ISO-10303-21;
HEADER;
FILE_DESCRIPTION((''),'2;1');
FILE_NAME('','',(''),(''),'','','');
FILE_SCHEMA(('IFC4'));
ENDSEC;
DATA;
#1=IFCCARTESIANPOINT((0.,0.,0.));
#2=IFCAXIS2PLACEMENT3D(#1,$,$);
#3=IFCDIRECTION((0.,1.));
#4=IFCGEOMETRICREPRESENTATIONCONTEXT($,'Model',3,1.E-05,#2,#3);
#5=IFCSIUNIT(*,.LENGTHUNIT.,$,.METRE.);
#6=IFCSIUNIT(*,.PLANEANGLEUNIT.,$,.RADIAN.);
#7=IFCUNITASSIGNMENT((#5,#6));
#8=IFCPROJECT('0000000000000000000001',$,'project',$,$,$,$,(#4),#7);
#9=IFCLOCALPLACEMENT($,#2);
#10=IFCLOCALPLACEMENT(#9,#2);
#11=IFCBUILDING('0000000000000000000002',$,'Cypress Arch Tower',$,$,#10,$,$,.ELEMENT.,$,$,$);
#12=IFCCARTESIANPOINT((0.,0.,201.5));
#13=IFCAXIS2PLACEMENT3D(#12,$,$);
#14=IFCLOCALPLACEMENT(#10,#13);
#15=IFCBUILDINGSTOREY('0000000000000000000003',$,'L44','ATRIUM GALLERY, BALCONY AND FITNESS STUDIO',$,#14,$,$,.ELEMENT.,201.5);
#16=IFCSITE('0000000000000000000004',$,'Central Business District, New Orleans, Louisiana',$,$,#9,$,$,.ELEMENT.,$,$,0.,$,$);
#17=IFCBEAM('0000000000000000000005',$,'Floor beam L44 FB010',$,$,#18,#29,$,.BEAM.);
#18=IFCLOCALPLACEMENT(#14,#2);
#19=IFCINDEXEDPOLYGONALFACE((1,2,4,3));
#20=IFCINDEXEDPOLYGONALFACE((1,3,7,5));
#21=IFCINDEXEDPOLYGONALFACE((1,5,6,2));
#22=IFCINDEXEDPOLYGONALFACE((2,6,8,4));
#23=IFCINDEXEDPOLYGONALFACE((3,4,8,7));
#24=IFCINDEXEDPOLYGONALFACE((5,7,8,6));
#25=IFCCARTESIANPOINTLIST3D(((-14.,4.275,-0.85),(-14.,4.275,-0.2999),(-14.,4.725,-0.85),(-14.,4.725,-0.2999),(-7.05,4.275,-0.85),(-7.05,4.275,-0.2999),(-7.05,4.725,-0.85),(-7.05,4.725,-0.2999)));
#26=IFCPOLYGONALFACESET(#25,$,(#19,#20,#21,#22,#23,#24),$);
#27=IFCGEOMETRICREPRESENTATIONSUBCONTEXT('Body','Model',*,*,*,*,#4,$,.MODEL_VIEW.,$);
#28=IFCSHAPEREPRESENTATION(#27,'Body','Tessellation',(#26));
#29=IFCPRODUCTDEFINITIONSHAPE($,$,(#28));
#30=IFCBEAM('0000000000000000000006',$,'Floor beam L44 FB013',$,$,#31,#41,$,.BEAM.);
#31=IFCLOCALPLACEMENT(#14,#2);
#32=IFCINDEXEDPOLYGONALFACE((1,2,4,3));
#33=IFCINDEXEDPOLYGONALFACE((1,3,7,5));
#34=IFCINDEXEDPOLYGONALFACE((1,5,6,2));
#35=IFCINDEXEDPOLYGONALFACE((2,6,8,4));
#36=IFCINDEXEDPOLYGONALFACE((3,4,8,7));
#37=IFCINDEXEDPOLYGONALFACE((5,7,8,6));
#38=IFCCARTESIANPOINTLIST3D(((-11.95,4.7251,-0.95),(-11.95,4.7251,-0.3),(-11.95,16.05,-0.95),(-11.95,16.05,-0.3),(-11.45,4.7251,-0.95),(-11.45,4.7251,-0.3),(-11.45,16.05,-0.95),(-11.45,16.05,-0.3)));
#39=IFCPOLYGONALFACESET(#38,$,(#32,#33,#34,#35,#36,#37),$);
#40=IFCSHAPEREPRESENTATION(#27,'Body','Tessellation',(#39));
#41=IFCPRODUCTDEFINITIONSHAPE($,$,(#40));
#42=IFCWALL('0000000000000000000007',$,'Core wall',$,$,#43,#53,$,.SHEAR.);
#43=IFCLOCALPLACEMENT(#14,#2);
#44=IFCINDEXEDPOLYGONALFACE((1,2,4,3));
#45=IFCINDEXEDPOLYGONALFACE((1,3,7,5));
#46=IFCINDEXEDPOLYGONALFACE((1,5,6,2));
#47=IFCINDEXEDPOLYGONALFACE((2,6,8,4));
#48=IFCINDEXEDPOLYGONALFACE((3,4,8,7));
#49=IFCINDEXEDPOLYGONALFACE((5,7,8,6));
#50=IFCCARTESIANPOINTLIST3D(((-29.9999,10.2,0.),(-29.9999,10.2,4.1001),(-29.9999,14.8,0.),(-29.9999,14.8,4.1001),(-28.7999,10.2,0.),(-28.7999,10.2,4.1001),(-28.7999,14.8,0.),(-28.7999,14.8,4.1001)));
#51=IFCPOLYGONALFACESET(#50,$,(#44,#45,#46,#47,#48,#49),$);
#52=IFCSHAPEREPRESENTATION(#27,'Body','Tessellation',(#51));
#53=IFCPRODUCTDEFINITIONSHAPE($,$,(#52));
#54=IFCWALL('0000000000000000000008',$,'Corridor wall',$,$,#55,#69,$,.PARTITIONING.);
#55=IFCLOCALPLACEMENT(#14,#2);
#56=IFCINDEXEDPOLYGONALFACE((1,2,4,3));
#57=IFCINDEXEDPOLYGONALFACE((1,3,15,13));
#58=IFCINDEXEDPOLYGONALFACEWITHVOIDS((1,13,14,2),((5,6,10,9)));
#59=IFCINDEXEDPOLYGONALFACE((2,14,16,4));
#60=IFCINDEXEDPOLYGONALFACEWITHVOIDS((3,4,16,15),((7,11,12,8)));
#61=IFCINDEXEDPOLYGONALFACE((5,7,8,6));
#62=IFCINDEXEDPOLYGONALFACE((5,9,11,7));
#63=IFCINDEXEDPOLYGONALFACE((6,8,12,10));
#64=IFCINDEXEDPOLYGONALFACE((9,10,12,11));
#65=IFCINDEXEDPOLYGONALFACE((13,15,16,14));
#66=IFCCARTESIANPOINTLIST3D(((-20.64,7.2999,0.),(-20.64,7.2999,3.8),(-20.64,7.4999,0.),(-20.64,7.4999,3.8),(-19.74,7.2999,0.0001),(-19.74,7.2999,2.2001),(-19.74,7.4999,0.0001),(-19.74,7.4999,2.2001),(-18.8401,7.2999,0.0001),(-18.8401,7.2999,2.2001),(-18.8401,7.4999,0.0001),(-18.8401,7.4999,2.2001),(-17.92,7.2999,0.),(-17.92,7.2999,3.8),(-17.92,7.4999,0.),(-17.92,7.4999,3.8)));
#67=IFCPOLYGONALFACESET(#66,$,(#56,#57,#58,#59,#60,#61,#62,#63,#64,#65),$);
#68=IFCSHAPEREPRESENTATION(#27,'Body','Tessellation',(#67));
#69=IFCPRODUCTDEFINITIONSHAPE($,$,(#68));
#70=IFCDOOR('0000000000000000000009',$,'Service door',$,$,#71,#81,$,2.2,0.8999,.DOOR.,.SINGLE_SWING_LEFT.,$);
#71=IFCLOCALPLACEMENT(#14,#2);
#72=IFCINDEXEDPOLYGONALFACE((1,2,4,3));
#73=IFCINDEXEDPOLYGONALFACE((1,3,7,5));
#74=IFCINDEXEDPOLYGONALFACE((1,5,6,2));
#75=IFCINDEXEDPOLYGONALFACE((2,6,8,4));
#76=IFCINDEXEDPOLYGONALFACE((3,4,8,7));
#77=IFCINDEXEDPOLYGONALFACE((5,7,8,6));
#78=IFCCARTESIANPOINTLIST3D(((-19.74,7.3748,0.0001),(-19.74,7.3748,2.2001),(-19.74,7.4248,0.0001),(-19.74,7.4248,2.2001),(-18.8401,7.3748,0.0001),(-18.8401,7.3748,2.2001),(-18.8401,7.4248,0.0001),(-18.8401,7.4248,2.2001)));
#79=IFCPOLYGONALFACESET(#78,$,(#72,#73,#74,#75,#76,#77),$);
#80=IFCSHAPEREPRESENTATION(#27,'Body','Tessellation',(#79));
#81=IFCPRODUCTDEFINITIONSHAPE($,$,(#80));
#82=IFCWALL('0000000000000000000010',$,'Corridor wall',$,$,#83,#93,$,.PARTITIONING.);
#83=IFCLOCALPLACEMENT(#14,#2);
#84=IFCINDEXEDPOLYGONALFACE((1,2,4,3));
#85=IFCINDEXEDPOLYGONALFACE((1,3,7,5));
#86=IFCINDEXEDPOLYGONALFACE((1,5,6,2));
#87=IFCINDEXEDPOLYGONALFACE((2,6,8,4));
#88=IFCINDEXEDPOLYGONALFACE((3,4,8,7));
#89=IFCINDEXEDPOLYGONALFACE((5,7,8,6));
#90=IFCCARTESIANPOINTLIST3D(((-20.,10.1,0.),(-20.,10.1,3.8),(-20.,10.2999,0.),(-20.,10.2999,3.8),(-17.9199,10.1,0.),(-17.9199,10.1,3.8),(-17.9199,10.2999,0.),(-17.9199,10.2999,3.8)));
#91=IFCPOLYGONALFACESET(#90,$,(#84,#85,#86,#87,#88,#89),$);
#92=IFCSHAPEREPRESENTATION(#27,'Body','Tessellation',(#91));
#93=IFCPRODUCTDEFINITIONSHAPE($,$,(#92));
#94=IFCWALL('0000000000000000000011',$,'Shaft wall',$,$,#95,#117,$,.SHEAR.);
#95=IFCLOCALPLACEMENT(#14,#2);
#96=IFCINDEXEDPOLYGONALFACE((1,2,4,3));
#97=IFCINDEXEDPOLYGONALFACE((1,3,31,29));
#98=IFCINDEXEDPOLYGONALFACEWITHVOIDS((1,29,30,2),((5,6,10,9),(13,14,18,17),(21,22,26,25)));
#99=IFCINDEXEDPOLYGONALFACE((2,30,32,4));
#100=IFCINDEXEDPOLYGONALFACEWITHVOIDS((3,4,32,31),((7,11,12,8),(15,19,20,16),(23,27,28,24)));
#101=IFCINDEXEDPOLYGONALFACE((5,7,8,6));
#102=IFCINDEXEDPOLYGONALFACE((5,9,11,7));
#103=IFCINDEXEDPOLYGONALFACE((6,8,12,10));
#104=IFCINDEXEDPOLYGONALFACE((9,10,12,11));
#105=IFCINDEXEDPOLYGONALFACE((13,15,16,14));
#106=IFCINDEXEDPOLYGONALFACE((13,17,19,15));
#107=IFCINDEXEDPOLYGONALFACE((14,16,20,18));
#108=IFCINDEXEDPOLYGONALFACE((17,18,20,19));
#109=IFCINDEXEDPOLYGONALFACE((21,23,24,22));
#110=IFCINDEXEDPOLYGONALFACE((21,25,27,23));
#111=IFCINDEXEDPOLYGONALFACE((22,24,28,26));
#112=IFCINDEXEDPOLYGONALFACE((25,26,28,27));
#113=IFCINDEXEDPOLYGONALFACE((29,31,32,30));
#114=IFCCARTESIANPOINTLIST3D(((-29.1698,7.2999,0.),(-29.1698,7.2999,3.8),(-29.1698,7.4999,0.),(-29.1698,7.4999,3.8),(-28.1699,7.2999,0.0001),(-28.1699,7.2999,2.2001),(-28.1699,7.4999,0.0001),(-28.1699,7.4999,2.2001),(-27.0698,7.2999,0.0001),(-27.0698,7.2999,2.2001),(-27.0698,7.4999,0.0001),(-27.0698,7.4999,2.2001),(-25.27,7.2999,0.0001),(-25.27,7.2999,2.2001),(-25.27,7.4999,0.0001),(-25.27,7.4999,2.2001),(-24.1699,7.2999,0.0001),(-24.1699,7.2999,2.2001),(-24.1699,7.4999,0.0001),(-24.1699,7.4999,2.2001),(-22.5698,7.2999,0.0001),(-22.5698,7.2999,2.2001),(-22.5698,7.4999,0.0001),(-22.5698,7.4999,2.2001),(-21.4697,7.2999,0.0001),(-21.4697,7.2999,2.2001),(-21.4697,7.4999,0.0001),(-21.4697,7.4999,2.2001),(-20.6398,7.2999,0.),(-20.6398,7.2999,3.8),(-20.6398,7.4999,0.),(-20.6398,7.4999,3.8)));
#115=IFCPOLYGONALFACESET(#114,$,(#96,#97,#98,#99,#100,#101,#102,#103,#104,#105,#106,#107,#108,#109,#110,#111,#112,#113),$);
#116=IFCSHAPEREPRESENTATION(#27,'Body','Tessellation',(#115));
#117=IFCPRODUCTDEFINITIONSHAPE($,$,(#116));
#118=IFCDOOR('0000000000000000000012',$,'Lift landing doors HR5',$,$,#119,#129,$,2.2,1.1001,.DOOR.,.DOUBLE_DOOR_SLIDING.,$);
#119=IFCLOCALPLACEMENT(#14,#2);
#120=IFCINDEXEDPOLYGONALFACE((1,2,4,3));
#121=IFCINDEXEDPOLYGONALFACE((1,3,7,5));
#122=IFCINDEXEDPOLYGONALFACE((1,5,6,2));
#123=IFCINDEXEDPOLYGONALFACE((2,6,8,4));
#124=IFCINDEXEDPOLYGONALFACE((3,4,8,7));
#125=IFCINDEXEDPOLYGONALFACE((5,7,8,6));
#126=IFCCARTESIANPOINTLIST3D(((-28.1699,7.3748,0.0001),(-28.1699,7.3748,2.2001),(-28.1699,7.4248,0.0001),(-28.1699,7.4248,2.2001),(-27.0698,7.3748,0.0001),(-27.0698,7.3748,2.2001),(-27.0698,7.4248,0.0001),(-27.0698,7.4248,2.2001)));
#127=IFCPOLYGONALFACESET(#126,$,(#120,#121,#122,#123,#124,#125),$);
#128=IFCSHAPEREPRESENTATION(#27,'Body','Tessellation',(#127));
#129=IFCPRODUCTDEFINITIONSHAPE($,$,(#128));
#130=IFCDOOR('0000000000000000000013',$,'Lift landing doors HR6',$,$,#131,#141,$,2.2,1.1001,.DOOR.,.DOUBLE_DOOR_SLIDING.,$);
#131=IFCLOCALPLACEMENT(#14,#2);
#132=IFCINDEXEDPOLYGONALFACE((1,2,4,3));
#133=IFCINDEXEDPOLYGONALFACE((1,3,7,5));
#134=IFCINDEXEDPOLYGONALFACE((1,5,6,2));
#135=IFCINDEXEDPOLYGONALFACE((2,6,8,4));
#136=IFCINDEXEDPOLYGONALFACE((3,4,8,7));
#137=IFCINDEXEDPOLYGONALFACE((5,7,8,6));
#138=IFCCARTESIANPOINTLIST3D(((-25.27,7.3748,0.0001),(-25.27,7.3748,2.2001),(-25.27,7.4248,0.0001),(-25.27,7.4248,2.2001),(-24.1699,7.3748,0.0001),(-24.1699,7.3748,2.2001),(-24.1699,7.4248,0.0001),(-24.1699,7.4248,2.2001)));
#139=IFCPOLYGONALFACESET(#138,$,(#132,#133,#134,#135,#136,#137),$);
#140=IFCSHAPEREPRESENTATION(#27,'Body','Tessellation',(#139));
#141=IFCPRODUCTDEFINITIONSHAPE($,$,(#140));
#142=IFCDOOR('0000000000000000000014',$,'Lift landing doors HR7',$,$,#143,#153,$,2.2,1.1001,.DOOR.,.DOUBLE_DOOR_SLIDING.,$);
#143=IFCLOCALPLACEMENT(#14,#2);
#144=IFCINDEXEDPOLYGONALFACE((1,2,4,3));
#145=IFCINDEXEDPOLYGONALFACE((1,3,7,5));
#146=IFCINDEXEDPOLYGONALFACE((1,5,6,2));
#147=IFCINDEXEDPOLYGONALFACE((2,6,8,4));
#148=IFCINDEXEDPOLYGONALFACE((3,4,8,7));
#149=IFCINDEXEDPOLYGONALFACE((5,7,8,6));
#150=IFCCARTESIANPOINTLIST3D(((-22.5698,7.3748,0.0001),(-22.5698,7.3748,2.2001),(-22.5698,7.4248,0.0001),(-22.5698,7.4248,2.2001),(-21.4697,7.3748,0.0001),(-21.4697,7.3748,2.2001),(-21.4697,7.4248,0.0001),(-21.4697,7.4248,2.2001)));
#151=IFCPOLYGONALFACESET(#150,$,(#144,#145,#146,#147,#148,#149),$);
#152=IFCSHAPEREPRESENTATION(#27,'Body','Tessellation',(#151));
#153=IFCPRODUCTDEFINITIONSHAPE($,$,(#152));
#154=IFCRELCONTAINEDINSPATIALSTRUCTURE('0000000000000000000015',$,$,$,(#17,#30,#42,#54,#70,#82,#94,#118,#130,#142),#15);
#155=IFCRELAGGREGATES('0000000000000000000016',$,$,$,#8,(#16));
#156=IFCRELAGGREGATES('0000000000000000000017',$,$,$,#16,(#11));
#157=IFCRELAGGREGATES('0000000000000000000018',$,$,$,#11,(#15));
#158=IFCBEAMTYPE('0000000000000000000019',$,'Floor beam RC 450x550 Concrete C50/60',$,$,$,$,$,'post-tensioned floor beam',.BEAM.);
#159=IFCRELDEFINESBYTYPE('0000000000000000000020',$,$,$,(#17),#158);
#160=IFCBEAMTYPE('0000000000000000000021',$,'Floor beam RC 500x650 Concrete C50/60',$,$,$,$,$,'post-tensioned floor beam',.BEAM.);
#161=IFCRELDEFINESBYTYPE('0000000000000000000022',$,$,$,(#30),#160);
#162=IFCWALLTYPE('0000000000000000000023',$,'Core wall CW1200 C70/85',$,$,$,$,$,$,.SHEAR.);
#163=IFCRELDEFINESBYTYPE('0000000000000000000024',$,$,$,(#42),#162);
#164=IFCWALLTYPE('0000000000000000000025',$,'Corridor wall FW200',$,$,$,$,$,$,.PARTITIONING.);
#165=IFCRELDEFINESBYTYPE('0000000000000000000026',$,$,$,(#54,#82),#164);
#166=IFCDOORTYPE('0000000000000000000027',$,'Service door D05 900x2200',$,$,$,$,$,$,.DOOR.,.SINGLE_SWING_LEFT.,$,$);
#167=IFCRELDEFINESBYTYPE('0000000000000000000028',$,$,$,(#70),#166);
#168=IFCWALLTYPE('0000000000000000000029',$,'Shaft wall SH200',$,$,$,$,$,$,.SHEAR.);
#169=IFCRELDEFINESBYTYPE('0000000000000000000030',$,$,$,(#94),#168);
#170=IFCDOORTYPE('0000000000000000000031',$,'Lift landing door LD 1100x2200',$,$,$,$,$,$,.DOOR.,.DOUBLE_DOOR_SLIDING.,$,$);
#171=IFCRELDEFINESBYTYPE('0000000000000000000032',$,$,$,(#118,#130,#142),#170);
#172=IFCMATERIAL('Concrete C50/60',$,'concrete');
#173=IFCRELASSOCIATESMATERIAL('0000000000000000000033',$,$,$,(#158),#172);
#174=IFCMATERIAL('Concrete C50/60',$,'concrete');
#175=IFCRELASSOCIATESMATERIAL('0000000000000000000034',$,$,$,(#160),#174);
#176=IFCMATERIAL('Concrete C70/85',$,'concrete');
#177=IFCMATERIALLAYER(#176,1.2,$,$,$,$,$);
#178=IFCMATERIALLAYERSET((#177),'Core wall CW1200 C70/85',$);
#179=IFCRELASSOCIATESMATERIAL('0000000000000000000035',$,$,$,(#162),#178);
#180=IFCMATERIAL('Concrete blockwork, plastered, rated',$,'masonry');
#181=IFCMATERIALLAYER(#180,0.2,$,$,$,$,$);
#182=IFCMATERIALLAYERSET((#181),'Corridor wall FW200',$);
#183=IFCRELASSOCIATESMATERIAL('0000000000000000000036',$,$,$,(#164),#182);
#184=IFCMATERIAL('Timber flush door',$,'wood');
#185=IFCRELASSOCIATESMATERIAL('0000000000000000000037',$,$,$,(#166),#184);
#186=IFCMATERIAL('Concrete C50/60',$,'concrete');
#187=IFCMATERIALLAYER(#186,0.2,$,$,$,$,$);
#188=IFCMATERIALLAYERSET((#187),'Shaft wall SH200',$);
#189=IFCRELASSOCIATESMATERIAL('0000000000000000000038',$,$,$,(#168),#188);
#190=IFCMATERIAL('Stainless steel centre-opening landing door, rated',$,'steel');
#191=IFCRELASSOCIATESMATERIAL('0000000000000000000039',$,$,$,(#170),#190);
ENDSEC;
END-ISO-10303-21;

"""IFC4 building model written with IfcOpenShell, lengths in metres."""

from ifc_helpers import new_model, si_unit, direction, frame, frame_2d, origin, origin_2d, place, context, subcontext, project, spatial, rectangle, extrude, material, layer, layer_set, material_profile, profile_set, type_object, element, fill, save


model = new_model("IFC4")

# Units and contexts
model_context = context("Model", 3, precision=1e-05, world=origin(), true_north=direction((0.0, 1.0)))
body_context = subcontext(model_context, "Body", "Model", "MODEL_VIEW")
ifc_project = project(units=[si_unit("LENGTHUNIT", "METRE"), si_unit("PLANEANGLEUNIT", "RADIAN")], contexts=[model_context])

# Site, building, storey
site_placement = place(None, origin())
site = spatial("IfcSite", under=ifc_project, at=site_placement, Name="Central Business District, New Orleans, Louisiana", CompositionType="ELEMENT", RefElevation=0.0)
building_placement = place(site_placement, origin())
building = spatial("IfcBuilding", under=site, at=building_placement, Name="Cypress Arch Tower", CompositionType="ELEMENT")
storey_placement = place(building_placement, frame((0.0, 0.0, 201.5)))
storey = spatial("IfcBuildingStorey", under=building, at=storey_placement, Name="L44", Description="ATRIUM GALLERY, BALCONY AND FITNESS STUDIO", CompositionType="ELEMENT", Elevation=201.5)

# Beams
ifc_material_1 = material(Name="Concrete C50/60", Category="concrete")
ifc_material_profile_1 = material_profile(ifc_material_1, rectangle(XDim=0.45, YDim=0.55, at=origin_2d()), Name="RC 450x550")
ifc_profile_set_1 = profile_set([ifc_material_profile_1], Name="Concrete C50/60")
beam_type_1 = type_object("IfcBeamType", Name="Floor beam RC 450x550 Concrete C50/60", ElementType="post-tensioned floor beam", PredefinedType="BEAM", material=ifc_profile_set_1)
beam_1_placement = place(storey_placement, frame((-14.0, 4.5, -0.575), z_axis=(1.0, 0.0, 0.0), x_axis=(0.0, 1.0, 0.0)))
element("IfcBeam", 1, at=beam_1_placement, inside=storey, type_object=beam_type_1, Name="Floor beam L44 FB010", PredefinedType="BEAM", context=body_context, shape_type="SweptSolid", body=[
    extrude(rectangle(XDim=0.45, YDim=0.55, at=origin_2d()), origin(), (0.0, 0.0, 1.0), 6.95),
])
ifc_material_2 = material(Name="Concrete C50/60", Category="concrete")
ifc_material_profile_2 = material_profile(ifc_material_2, rectangle(XDim=0.5, YDim=0.6499, at=origin_2d()), Name="RC 500x650")
ifc_profile_set_2 = profile_set([ifc_material_profile_2], Name="Concrete C50/60")
beam_type_2 = type_object("IfcBeamType", Name="Floor beam RC 500x650 Concrete C50/60", ElementType="post-tensioned floor beam", PredefinedType="BEAM", material=ifc_profile_set_2)
beam_2_placement = place(storey_placement, frame((-11.7, 4.7251, -0.625), z_axis=(0.0, 1.0, 0.0), x_axis=(-1.0, 0.0, 0.0)))
element("IfcBeam", 2, at=beam_2_placement, inside=storey, type_object=beam_type_2, Name="Floor beam L44 FB013", PredefinedType="BEAM", context=body_context, shape_type="SweptSolid", body=[
    extrude(rectangle(XDim=0.5, YDim=0.6499, at=origin_2d()), origin(), (0.0, 0.0, 1.0), 11.325),
])

# Wall
ifc_material_3 = material(Name="Concrete C70/85", Category="concrete")
ifc_layer_1 = layer(ifc_material_3, 1.2)
ifc_layer_set_1 = layer_set([ifc_layer_1], Name="Core wall CW1200 C70/85")
wall_type_1 = type_object("IfcWallType", Name="Core wall CW1200 C70/85", PredefinedType="SHEAR", material=ifc_layer_set_1)
wall_1_placement = place(storey_placement, frame((-29.3999, 10.2, 0.0), z_axis=(0.0, 0.0, 1.0), x_axis=(0.0, 1.0, 0.0)))
element("IfcWall", 3, at=wall_1_placement, inside=storey, type_object=wall_type_1, Name="Core wall", PredefinedType="SHEAR", context=body_context, shape_type="SweptSolid", body=[
    extrude(rectangle(XDim=4.6001, YDim=1.2, at=frame_2d((2.3, 0.0))), origin(), (0.0, 0.0, 1.0), 4.1001),
])

# Wall, opening, door
ifc_material_4 = material(Name="Concrete blockwork, plastered, rated", Category="masonry")
ifc_layer_2 = layer(ifc_material_4, 0.2)
ifc_layer_set_2 = layer_set([ifc_layer_2], Name="Corridor wall FW200")
wall_type_2 = type_object("IfcWallType", Name="Corridor wall FW200", PredefinedType="PARTITIONING", material=ifc_layer_set_2)
wall_2_placement = place(storey_placement, frame((-20.6399, 7.3999, 0.0), z_axis=(0.0, 0.0, 1.0), x_axis=(1.0, 0.0, 0.0)))
wall_2 = element("IfcWall", 4, at=wall_2_placement, inside=storey, type_object=wall_type_2, Name="Corridor wall", PredefinedType="PARTITIONING", context=body_context, shape_type="SweptSolid", body=[
    extrude(rectangle(XDim=2.72, YDim=0.2, at=frame_2d((1.3599, 0.0))), origin(), (0.0, 0.0, 1.0), 3.8),
])
opening_1_placement = place(wall_2_placement, frame((0.8999, 0.0, 0.0)))
opening_1 = element("IfcOpeningElement", 5, at=opening_1_placement, cuts=wall_2, PredefinedType="OPENING", context=body_context, shape_type="SweptSolid", body=[
    extrude(rectangle(XDim=0.8999, YDim=2.2, at=frame_2d((0.45, 1.1001))), frame((0.0, 0.1099, 0.0), z_axis=(0.0, -1.0, 0.0), x_axis=(1.0, 0.0, 0.0)), (0.0, 0.0, 1.0), 0.22),
])
ifc_material_5 = material(Name="Timber flush door", Category="wood")
door_type_1 = type_object("IfcDoorType", Name="Service door D05 900x2200", OperationType="SINGLE_SWING_LEFT", PredefinedType="DOOR", material=ifc_material_5)
door_1_placement = place(opening_1_placement, origin())
door_1 = element("IfcDoor", 6, at=door_1_placement, inside=storey, type_object=door_type_1, Name="Service door", OperationType="SINGLE_SWING_LEFT", OverallHeight=2.2, OverallWidth=0.8999, PredefinedType="DOOR", context=body_context, shape_type="SweptSolid", body=[
    extrude(rectangle(XDim=0.8999, YDim=2.2, at=frame_2d((0.45, 1.1001))), frame((0.0, 0.0249, 0.0), z_axis=(0.0, -1.0, 0.0), x_axis=(1.0, 0.0, 0.0)), (0.0, 0.0, 1.0), 0.05),
])
fill(opening_1, door_1)

# Wall
wall_3_placement = place(storey_placement, frame((-20.0, 10.2, 0.0), z_axis=(0.0, 0.0, 1.0), x_axis=(1.0, 0.0, 0.0)))
element("IfcWall", 7, at=wall_3_placement, inside=storey, type_object=wall_type_2, Name="Corridor wall", PredefinedType="PARTITIONING", context=body_context, shape_type="SweptSolid", body=[
    extrude(rectangle(XDim=2.0801, YDim=0.2, at=frame_2d((1.04, 0.0))), origin(), (0.0, 0.0, 1.0), 3.8),
])

# Wall, openings, doors
ifc_material_6 = material(Name="Concrete C50/60", Category="concrete")
ifc_layer_3 = layer(ifc_material_6, 0.2)
ifc_layer_set_3 = layer_set([ifc_layer_3], Name="Shaft wall SH200")
wall_type_3 = type_object("IfcWallType", Name="Shaft wall SH200", PredefinedType="SHEAR", material=ifc_layer_set_3)
wall_4_placement = place(storey_placement, frame((-29.1699, 7.3999, 0.0), z_axis=(0.0, 0.0, 1.0), x_axis=(1.0, 0.0, 0.0)))
wall_4 = element("IfcWall", 8, at=wall_4_placement, inside=storey, type_object=wall_type_3, Name="Shaft wall", PredefinedType="SHEAR", context=body_context, shape_type="SweptSolid", body=[
    extrude(rectangle(XDim=8.53, YDim=0.2, at=frame_2d((4.2651, 0.0))), origin(), (0.0, 0.0, 1.0), 3.8),
])
opening_2_placement = place(wall_4_placement, frame((1.0, 0.0, 0.0)))
opening_2 = element("IfcOpeningElement", 9, at=opening_2_placement, cuts=wall_4, PredefinedType="OPENING", context=body_context, shape_type="SweptSolid", body=[
    extrude(rectangle(XDim=1.1001, YDim=2.2, at=frame_2d((0.55, 1.1001))), frame((0.0, 0.1099, 0.0), z_axis=(0.0, -1.0, 0.0), x_axis=(1.0, 0.0, 0.0)), (0.0, 0.0, 1.0), 0.22),
])
opening_3_placement = place(wall_4_placement, frame((3.8999, 0.0, 0.0)))
opening_3 = element("IfcOpeningElement", 10, at=opening_3_placement, cuts=wall_4, PredefinedType="OPENING", context=body_context, shape_type="SweptSolid", body=[
    extrude(rectangle(XDim=1.1001, YDim=2.2, at=frame_2d((0.55, 1.1001))), frame((0.0, 0.1099, 0.0), z_axis=(0.0, -1.0, 0.0), x_axis=(1.0, 0.0, 0.0)), (0.0, 0.0, 1.0), 0.22),
])
opening_4_placement = place(wall_4_placement, frame((6.6001, 0.0, 0.0)))
opening_4 = element("IfcOpeningElement", 11, at=opening_4_placement, cuts=wall_4, PredefinedType="OPENING", context=body_context, shape_type="SweptSolid", body=[
    extrude(rectangle(XDim=1.1001, YDim=2.2, at=frame_2d((0.55, 1.1001))), frame((0.0, 0.1099, 0.0), z_axis=(0.0, -1.0, 0.0), x_axis=(1.0, 0.0, 0.0)), (0.0, 0.0, 1.0), 0.22),
])
ifc_material_7 = material(Name="Stainless steel centre-opening landing door, rated", Category="steel")
door_type_2 = type_object("IfcDoorType", Name="Lift landing door LD 1100x2200", OperationType="DOUBLE_DOOR_SLIDING", PredefinedType="DOOR", material=ifc_material_7)
door_2_placement = place(opening_2_placement, origin())
door_2 = element("IfcDoor", 12, at=door_2_placement, inside=storey, type_object=door_type_2, Name="Lift landing doors HR5", OperationType="DOUBLE_DOOR_SLIDING", OverallHeight=2.2, OverallWidth=1.1001, PredefinedType="DOOR", context=body_context, shape_type="SweptSolid", body=[
    extrude(rectangle(XDim=1.1001, YDim=2.2, at=frame_2d((0.55, 1.1001))), frame((0.0, 0.0249, 0.0), z_axis=(0.0, -1.0, 0.0), x_axis=(1.0, 0.0, 0.0)), (0.0, 0.0, 1.0), 0.05),
])
fill(opening_2, door_2)
door_3_placement = place(opening_3_placement, origin())
door_3 = element("IfcDoor", 13, at=door_3_placement, inside=storey, type_object=door_type_2, Name="Lift landing doors HR6", OperationType="DOUBLE_DOOR_SLIDING", OverallHeight=2.2, OverallWidth=1.1001, PredefinedType="DOOR", context=body_context, shape_type="SweptSolid", body=[
    extrude(rectangle(XDim=1.1001, YDim=2.2, at=frame_2d((0.55, 1.1001))), frame((0.0, 0.0249, 0.0), z_axis=(0.0, -1.0, 0.0), x_axis=(1.0, 0.0, 0.0)), (0.0, 0.0, 1.0), 0.05),
])
fill(opening_3, door_3)
door_4_placement = place(opening_4_placement, origin())
door_4 = element("IfcDoor", 14, at=door_4_placement, inside=storey, type_object=door_type_2, Name="Lift landing doors HR7", OperationType="DOUBLE_DOOR_SLIDING", OverallHeight=2.2, OverallWidth=1.1001, PredefinedType="DOOR", context=body_context, shape_type="SweptSolid", body=[
    extrude(rectangle(XDim=1.1001, YDim=2.2, at=frame_2d((0.55, 1.1001))), frame((0.0, 0.0249, 0.0), z_axis=(0.0, -1.0, 0.0), x_axis=(1.0, 0.0, 0.0)), (0.0, 0.0, 1.0), 0.05),
])
fill(opening_4, door_4)

save(model, "model.ifc")
